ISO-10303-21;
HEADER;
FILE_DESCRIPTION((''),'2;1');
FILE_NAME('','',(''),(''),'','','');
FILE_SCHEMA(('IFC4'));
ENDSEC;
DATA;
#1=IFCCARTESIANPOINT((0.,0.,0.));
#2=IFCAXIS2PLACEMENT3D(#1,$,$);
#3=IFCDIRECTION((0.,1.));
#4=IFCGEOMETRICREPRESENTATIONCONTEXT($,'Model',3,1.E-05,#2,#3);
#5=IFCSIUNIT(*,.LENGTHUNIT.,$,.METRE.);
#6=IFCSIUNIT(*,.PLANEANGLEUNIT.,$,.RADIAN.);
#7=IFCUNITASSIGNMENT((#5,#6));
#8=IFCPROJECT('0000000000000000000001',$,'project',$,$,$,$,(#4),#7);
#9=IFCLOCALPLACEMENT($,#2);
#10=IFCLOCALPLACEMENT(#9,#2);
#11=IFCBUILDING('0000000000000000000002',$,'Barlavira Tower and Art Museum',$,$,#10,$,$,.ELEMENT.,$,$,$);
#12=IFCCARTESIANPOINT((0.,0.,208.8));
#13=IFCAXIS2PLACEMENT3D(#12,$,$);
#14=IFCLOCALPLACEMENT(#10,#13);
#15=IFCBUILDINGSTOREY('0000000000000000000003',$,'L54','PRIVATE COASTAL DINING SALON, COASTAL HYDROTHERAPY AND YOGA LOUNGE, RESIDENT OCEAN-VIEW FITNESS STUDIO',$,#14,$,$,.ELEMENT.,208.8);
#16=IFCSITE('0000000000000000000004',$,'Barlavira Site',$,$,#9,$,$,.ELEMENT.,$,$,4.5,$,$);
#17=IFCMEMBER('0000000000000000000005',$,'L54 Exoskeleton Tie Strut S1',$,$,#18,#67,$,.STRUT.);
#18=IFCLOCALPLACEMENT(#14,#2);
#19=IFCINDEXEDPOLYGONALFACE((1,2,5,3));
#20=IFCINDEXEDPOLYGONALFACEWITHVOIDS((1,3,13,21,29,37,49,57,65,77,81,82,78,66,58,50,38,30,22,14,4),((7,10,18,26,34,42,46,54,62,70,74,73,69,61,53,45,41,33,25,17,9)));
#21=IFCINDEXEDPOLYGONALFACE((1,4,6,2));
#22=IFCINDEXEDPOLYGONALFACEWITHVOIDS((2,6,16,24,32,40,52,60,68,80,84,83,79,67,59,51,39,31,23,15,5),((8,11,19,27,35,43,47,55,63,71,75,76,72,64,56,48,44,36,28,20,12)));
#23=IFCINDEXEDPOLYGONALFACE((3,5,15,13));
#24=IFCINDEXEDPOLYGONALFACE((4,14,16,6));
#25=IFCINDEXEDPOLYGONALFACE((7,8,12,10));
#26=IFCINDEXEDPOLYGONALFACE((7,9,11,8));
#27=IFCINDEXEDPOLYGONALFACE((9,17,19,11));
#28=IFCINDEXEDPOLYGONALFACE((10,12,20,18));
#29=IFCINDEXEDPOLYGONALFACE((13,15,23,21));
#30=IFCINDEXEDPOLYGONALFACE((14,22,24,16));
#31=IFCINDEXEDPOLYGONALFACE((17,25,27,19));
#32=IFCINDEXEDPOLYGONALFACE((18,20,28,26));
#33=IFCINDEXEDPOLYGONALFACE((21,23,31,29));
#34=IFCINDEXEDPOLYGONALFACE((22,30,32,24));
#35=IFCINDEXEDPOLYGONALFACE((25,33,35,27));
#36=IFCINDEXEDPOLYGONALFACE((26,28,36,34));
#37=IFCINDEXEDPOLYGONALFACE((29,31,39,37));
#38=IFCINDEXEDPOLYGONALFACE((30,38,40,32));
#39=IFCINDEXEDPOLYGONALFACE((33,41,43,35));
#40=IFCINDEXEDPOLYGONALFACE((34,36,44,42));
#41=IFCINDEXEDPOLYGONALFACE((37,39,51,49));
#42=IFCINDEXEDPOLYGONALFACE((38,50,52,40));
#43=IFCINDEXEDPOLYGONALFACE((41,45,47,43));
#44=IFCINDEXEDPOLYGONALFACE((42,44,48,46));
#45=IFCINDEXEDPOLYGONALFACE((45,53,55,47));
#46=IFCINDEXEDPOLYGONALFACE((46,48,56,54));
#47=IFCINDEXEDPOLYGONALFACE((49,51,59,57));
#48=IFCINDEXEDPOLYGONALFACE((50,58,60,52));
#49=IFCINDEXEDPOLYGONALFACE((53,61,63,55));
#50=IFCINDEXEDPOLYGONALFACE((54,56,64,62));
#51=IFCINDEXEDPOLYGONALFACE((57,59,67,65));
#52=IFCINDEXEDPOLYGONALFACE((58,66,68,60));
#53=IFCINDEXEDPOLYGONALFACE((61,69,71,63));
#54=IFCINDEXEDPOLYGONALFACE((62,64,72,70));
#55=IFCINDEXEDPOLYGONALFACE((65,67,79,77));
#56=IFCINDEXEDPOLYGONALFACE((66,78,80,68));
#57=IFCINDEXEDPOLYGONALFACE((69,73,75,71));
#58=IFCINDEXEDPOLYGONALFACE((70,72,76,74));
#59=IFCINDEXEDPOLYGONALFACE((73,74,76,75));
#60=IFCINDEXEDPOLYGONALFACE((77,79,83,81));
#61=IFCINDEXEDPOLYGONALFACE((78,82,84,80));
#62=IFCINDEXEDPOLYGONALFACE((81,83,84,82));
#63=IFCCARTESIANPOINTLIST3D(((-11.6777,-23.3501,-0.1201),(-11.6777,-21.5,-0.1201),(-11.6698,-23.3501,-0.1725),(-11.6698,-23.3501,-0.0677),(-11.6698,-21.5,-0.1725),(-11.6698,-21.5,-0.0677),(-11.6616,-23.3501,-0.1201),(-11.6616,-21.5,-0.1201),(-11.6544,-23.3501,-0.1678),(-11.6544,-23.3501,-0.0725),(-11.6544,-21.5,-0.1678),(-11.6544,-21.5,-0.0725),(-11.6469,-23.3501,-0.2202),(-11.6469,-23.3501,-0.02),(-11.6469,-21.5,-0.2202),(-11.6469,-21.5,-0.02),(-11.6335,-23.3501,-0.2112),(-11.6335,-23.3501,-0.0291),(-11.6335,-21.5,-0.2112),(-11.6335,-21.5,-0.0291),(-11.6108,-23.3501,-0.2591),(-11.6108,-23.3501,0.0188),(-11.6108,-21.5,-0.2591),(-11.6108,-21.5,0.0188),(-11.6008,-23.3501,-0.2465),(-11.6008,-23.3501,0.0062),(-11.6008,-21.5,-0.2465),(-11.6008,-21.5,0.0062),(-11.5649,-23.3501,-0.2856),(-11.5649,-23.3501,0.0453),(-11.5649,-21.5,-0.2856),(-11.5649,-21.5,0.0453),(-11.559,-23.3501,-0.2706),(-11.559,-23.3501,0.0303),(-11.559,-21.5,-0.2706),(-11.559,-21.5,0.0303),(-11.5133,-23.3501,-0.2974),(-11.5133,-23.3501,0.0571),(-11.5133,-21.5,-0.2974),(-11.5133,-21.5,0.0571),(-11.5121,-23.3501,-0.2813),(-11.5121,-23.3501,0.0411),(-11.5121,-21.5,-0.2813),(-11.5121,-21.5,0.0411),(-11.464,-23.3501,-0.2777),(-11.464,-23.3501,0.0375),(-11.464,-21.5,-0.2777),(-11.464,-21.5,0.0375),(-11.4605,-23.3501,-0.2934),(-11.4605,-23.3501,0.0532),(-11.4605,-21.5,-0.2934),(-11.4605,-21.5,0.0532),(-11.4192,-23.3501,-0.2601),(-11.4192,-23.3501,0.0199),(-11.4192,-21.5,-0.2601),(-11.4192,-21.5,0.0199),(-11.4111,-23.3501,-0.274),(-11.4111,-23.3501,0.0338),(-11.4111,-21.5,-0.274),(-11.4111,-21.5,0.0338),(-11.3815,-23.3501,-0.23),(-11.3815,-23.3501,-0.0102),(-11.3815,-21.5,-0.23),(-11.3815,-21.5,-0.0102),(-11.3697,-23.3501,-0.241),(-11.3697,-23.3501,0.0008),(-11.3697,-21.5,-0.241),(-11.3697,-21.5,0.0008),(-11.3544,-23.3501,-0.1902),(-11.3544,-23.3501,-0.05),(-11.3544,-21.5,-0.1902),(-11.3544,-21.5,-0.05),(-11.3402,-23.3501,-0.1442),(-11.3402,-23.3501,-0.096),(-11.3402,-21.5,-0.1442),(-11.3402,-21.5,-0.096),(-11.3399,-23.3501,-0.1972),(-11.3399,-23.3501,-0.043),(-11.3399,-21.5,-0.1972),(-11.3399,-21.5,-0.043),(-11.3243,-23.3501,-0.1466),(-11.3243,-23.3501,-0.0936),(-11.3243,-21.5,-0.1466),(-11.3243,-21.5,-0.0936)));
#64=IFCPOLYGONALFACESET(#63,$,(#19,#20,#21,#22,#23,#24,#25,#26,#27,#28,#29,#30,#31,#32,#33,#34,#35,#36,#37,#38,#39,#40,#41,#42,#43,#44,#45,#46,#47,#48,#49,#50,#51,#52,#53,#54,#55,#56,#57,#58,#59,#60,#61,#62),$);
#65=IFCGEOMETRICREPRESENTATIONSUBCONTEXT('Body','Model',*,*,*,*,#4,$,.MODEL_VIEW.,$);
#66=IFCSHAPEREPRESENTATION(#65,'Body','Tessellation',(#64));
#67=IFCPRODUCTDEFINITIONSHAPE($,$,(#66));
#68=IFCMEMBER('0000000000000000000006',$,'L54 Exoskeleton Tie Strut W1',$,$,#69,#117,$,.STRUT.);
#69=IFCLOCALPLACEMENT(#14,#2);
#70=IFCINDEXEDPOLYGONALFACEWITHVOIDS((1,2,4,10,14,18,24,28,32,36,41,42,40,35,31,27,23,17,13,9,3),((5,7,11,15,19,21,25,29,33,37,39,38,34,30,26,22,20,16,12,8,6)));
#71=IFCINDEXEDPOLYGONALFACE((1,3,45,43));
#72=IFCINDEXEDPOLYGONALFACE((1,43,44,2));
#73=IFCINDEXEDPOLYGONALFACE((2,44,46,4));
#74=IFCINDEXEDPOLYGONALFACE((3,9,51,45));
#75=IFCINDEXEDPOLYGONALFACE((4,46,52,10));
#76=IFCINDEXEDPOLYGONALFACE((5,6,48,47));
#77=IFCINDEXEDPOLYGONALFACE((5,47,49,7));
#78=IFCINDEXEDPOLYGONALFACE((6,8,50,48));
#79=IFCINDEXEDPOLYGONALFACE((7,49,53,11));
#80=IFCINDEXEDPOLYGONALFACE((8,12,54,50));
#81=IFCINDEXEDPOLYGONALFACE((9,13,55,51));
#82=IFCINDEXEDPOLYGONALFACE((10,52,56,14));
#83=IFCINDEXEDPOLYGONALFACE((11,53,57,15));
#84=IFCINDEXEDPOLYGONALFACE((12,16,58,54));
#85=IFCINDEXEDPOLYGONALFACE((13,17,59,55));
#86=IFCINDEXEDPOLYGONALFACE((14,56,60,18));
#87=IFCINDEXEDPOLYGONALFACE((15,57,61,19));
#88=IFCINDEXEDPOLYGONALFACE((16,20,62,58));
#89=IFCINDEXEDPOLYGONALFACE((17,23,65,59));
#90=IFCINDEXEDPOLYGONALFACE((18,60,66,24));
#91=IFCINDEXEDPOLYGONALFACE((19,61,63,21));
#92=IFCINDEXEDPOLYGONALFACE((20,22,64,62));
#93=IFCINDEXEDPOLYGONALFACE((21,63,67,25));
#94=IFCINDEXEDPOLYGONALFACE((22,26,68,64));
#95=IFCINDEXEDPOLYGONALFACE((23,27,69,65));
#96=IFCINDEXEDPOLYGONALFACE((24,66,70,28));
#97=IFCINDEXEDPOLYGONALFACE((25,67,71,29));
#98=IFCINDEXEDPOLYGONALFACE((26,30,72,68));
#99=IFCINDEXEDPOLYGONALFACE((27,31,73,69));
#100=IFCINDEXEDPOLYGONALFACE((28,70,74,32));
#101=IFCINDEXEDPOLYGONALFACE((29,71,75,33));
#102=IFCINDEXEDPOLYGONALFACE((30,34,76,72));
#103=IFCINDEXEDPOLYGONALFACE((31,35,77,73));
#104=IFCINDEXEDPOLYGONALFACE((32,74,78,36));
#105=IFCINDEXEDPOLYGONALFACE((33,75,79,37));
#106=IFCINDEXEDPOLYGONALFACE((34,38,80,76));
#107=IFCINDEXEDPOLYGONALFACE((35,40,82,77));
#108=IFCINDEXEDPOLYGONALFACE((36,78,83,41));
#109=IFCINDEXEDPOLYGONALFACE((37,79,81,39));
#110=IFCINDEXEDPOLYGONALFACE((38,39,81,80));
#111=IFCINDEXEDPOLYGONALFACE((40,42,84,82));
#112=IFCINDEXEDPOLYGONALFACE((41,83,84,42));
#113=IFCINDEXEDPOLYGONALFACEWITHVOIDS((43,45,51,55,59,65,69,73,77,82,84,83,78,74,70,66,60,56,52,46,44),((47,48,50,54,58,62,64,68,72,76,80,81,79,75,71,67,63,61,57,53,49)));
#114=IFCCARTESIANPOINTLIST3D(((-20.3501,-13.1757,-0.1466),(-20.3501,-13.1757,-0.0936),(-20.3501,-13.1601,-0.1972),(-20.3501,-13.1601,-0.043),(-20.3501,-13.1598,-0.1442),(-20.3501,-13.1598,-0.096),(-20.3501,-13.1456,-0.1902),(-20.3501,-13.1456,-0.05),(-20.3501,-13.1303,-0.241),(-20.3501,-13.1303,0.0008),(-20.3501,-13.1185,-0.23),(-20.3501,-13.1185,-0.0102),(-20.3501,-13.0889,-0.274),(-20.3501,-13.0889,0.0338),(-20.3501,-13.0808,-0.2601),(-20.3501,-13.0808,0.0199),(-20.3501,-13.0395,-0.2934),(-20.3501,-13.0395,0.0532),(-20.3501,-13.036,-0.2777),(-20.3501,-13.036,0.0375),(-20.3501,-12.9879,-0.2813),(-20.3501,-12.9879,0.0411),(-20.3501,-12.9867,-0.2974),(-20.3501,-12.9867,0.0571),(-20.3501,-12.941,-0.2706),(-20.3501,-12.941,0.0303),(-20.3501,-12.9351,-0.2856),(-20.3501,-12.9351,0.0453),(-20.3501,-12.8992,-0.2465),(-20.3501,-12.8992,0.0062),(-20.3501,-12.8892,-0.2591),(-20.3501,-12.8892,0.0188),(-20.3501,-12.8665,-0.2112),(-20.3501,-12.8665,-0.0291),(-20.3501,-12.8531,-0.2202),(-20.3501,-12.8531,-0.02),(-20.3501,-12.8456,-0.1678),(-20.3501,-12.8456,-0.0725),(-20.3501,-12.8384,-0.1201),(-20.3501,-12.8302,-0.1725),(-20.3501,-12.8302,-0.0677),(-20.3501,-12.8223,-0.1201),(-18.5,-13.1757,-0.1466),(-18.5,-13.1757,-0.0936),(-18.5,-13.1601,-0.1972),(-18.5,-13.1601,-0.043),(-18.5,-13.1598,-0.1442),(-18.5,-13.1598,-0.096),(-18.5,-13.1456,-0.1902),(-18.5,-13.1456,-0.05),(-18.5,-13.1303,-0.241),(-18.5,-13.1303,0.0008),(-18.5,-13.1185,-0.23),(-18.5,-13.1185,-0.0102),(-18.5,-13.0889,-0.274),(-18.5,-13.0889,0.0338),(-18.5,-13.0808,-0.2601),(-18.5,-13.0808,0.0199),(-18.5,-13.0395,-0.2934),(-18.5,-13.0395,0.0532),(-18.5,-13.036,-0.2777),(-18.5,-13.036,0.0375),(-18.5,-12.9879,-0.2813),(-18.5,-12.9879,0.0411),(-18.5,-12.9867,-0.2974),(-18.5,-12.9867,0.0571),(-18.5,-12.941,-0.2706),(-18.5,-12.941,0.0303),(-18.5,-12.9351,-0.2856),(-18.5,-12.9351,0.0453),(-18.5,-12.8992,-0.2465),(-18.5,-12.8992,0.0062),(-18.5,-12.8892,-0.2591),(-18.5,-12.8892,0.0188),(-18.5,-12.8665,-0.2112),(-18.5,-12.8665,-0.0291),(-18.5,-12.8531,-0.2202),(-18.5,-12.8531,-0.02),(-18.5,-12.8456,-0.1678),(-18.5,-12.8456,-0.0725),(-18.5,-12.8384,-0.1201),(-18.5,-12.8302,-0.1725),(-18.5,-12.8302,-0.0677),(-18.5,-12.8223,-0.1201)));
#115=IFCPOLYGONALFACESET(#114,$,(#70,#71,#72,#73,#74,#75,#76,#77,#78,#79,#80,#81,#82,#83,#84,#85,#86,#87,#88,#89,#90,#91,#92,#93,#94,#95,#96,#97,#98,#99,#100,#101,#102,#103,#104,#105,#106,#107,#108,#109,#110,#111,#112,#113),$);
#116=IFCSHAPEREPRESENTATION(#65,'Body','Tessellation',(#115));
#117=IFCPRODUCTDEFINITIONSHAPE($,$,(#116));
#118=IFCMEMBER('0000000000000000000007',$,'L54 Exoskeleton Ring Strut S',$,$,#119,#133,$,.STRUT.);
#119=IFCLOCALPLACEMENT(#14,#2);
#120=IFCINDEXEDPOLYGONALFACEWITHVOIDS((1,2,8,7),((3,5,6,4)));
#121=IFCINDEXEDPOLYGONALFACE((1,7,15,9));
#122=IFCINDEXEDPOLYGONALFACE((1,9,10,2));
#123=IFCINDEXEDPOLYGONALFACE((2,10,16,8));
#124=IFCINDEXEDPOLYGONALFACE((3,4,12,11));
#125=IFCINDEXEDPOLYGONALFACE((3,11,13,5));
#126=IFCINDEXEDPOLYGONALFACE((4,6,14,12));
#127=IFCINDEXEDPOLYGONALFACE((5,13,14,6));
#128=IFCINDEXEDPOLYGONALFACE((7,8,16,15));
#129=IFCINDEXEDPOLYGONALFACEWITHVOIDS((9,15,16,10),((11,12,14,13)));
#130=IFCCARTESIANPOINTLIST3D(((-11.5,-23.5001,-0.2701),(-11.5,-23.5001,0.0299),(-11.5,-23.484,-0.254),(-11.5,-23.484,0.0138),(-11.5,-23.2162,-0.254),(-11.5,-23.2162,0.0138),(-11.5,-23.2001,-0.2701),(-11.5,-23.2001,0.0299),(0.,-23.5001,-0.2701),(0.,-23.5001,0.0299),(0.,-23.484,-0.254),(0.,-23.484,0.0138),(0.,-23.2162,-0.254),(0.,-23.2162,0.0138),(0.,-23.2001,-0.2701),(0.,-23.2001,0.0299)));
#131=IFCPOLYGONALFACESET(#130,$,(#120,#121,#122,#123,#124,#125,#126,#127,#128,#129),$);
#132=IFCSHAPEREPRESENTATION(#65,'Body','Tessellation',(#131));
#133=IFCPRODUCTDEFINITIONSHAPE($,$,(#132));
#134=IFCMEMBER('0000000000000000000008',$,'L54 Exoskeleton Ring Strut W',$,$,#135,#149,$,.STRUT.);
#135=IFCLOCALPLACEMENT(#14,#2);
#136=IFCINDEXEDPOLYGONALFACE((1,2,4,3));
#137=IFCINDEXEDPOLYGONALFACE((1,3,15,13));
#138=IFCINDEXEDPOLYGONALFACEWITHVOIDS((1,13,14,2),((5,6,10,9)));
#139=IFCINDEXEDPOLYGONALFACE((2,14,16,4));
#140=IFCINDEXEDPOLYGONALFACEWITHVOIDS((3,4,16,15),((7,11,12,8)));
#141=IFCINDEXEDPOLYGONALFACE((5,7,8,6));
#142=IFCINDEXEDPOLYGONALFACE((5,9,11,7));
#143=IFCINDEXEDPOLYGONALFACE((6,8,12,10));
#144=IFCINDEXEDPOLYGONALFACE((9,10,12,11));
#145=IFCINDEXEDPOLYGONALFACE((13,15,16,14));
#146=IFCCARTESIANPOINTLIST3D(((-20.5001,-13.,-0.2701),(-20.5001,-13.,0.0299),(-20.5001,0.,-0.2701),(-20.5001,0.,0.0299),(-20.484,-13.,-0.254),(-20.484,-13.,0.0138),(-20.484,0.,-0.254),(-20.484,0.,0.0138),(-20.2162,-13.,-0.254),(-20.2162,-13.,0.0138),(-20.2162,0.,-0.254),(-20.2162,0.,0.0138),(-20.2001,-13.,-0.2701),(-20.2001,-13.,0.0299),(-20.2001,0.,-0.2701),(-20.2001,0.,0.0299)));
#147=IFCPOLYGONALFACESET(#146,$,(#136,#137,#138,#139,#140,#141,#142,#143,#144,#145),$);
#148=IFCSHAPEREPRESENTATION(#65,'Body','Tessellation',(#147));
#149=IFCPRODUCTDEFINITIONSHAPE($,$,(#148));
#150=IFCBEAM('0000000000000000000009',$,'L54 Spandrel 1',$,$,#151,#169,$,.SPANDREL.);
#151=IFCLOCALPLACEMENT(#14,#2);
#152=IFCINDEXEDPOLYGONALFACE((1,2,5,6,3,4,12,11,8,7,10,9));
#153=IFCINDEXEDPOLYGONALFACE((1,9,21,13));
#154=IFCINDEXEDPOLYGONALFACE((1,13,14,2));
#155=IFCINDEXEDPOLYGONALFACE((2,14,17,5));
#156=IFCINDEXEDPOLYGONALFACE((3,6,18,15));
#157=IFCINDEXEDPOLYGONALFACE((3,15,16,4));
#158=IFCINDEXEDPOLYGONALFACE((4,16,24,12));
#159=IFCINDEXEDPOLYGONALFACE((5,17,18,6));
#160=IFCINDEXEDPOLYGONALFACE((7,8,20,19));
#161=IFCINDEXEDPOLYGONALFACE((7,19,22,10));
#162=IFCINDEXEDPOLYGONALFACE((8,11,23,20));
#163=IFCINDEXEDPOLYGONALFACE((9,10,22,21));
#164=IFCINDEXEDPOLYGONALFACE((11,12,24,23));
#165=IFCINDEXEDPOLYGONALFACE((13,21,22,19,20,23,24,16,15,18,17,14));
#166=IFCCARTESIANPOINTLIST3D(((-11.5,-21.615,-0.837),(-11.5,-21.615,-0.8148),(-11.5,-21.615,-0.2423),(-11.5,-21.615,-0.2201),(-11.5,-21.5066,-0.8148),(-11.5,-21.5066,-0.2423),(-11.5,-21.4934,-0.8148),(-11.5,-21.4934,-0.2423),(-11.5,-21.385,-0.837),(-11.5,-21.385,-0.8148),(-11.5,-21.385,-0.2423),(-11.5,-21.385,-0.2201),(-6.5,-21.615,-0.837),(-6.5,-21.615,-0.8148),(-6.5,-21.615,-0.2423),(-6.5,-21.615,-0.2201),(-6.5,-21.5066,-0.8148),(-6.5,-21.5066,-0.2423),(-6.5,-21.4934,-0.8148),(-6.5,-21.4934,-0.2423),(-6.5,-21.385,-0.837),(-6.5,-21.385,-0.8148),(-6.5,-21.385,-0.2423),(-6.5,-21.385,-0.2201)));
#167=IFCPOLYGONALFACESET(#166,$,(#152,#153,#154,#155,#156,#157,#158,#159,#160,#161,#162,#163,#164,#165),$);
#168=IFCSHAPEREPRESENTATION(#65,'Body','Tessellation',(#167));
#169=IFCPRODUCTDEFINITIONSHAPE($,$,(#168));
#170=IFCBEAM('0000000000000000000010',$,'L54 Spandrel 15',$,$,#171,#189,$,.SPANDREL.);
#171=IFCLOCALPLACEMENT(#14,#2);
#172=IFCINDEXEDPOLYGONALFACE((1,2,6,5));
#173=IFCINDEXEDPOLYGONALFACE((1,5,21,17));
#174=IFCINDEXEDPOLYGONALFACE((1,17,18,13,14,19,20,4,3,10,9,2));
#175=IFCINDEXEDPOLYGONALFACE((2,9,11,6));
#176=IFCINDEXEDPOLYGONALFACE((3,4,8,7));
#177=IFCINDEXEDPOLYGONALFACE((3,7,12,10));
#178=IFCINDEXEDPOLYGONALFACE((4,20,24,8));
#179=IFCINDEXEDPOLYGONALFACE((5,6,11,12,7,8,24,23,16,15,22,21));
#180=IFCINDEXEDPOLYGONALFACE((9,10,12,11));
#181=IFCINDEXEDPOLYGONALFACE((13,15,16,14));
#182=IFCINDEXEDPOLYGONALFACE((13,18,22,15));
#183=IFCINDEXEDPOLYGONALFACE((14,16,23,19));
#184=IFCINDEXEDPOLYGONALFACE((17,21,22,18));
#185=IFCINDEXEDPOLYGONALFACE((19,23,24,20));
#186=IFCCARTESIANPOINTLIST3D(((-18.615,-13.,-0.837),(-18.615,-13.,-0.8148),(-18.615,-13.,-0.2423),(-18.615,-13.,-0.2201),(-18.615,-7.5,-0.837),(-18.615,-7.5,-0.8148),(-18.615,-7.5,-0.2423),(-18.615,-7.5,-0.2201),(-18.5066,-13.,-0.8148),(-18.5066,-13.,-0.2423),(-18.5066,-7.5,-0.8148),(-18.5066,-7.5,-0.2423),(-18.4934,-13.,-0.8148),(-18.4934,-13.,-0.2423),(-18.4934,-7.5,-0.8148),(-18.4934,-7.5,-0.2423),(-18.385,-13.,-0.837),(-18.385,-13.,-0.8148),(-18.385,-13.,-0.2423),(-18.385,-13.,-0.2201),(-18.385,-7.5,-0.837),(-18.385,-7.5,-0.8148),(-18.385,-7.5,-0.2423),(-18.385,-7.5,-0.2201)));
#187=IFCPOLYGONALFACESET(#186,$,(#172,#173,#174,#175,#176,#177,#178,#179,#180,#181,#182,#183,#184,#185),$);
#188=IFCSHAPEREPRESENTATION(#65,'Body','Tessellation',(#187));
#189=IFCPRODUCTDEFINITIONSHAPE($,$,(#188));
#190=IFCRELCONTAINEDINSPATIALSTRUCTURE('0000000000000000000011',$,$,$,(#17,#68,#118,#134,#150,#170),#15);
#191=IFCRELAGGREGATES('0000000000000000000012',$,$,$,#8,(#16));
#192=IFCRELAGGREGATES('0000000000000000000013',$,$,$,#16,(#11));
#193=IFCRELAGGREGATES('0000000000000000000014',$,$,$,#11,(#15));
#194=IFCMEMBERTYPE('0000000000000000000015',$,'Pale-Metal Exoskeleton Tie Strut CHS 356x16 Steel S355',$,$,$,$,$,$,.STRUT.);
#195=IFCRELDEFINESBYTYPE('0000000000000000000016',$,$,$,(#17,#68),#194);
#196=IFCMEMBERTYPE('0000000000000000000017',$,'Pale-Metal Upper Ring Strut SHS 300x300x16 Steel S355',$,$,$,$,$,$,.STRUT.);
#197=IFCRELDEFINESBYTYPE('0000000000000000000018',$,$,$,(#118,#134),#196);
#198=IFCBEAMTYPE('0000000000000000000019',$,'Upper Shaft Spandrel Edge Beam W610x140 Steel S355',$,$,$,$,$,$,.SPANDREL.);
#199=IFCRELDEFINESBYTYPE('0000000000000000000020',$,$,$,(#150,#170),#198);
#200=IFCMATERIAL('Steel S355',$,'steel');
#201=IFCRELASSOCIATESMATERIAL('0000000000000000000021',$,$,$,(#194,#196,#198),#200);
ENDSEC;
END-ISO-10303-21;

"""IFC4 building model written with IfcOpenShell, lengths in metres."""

from ifc_helpers import new_model, si_unit, direction, frame, origin, origin_2d, place, context, subcontext, project, spatial, hollow_rectangle, hollow_circle, i_section, extrude, material, material_profile, profile_set, type_object, element, save


model = new_model("IFC4")

# Units and contexts
model_context = context("Model", 3, precision=1e-05, world=origin(), true_north=direction((0.0, 1.0)))
body_context = subcontext(model_context, "Body", "Model", "MODEL_VIEW")
ifc_project = project(units=[si_unit("LENGTHUNIT", "METRE"), si_unit("PLANEANGLEUNIT", "RADIAN")], contexts=[model_context])

# Site, building, storey
site_placement = place(None, origin())
site = spatial("IfcSite", under=ifc_project, at=site_placement, Name="Barlavira Site", CompositionType="ELEMENT", RefElevation=4.5)
building_placement = place(site_placement, origin())
building = spatial("IfcBuilding", under=site, at=building_placement, Name="Barlavira Tower and Art Museum", CompositionType="ELEMENT")
storey_placement = place(building_placement, frame((0.0, 0.0, 208.8)))
storey = spatial("IfcBuildingStorey", under=building, at=storey_placement, Name="L54", Description="PRIVATE COASTAL DINING SALON, COASTAL HYDROTHERAPY AND YOGA LOUNGE, RESIDENT OCEAN-VIEW FITNESS STUDIO", CompositionType="ELEMENT", Elevation=208.8)

# Members
ifc_material_1 = material(Name="Steel S355", Category="steel")
ifc_material_profile_1 = material_profile(ifc_material_1, hollow_circle(Radius=0.1777, WallThickness=0.0161, at=origin_2d()), Name="CHS 355.6x16.0")
ifc_profile_set_1 = profile_set([ifc_material_profile_1], Name="Steel S355")
member_type_1 = type_object("IfcMemberType", Name="Pale-Metal Exoskeleton Tie Strut CHS 356x16 Steel S355", PredefinedType="STRUT", material=ifc_profile_set_1)
for number, where, z_axis, x_axis, name in (
    (1, (-11.5, -23.3501, -0.1201), (0.0, 1.0, 0.0), (-1.0, 0.0, 0.0), "L54 Exoskeleton Tie Strut S1"),
    (2, (-20.3501, -13.0, -0.1201), (1.0, 0.0, 0.0), (0.0, 1.0, 0.0), "L54 Exoskeleton Tie Strut W1"),
):
    element("IfcMember", number, at=place(storey_placement, frame(where, z_axis=z_axis, x_axis=x_axis)), inside=storey, type_object=member_type_1, Name=name, PredefinedType="STRUT", context=body_context, shape_type="SweptSolid", body=[
        extrude(hollow_circle(Radius=0.1777, WallThickness=0.0161, at=origin_2d()), origin(), (0.0, 0.0, 1.0), 1.8501),
    ])
ifc_material_profile_2 = material_profile(ifc_material_1, hollow_rectangle(XDim=0.3, YDim=0.3, WallThickness=0.0161, at=origin_2d()), Name="SHS 300x300x16.0")
ifc_profile_set_2 = profile_set([ifc_material_profile_2], Name="Steel S355")
member_type_2 = type_object("IfcMemberType", Name="Pale-Metal Upper Ring Strut SHS 300x300x16 Steel S355", PredefinedType="STRUT", material=ifc_profile_set_2)
member_1_placement = place(storey_placement, frame((-11.5, -23.3501, -0.1201), z_axis=(1.0, 0.0, 0.0), x_axis=(0.0, 1.0, 0.0)))
element("IfcMember", 3, at=member_1_placement, inside=storey, type_object=member_type_2, Name="L54 Exoskeleton Ring Strut S", PredefinedType="STRUT", context=body_context, shape_type="SweptSolid", body=[
    extrude(hollow_rectangle(XDim=0.3, YDim=0.3, WallThickness=0.0161, at=origin_2d()), origin(), (0.0, 0.0, 1.0), 11.5),
])
member_2_placement = place(storey_placement, frame((-20.3501, -13.0, -0.1201), z_axis=(0.0, 1.0, 0.0), x_axis=(-1.0, 0.0, 0.0)))
element("IfcMember", 4, at=member_2_placement, inside=storey, type_object=member_type_2, Name="L54 Exoskeleton Ring Strut W", PredefinedType="STRUT", context=body_context, shape_type="SweptSolid", body=[
    extrude(hollow_rectangle(XDim=0.3, YDim=0.3, WallThickness=0.0161, at=origin_2d()), origin(), (0.0, 0.0, 1.0), 13.0),
])

# Beams
ifc_material_profile_3 = material_profile(ifc_material_1, i_section(OverallWidth=0.23, OverallDepth=0.6169, WebThickness=0.0132, FlangeThickness=0.0222, at=origin_2d()), Name="W610x140.0")
ifc_profile_set_3 = profile_set([ifc_material_profile_3], Name="Steel S355")
beam_type_1 = type_object("IfcBeamType", Name="Upper Shaft Spandrel Edge Beam W610x140 Steel S355", PredefinedType="SPANDREL", material=ifc_profile_set_3)
beam_1_placement = place(storey_placement, frame((-11.5, -21.5, -0.5286), z_axis=(1.0, 0.0, 0.0), x_axis=(0.0, 1.0, 0.0)))
element("IfcBeam", 5, at=beam_1_placement, inside=storey, type_object=beam_type_1, Name="L54 Spandrel 1", PredefinedType="SPANDREL", context=body_context, shape_type="SweptSolid", body=[
    extrude(i_section(OverallWidth=0.23, OverallDepth=0.6169, WebThickness=0.0132, FlangeThickness=0.0222, at=origin_2d()), origin(), (0.0, 0.0, 1.0), 5.0),
])
beam_2_placement = place(storey_placement, frame((-18.5, -13.0, -0.5286), z_axis=(0.0, 1.0, 0.0), x_axis=(-1.0, 0.0, 0.0)))
element("IfcBeam", 6, at=beam_2_placement, inside=storey, type_object=beam_type_1, Name="L54 Spandrel 15", PredefinedType="SPANDREL", context=body_context, shape_type="SweptSolid", body=[
    extrude(i_section(OverallWidth=0.23, OverallDepth=0.6169, WebThickness=0.0132, FlangeThickness=0.0222, at=origin_2d()), origin(), (0.0, 0.0, 1.0), 5.5),
])

save(model, "model.ifc")
